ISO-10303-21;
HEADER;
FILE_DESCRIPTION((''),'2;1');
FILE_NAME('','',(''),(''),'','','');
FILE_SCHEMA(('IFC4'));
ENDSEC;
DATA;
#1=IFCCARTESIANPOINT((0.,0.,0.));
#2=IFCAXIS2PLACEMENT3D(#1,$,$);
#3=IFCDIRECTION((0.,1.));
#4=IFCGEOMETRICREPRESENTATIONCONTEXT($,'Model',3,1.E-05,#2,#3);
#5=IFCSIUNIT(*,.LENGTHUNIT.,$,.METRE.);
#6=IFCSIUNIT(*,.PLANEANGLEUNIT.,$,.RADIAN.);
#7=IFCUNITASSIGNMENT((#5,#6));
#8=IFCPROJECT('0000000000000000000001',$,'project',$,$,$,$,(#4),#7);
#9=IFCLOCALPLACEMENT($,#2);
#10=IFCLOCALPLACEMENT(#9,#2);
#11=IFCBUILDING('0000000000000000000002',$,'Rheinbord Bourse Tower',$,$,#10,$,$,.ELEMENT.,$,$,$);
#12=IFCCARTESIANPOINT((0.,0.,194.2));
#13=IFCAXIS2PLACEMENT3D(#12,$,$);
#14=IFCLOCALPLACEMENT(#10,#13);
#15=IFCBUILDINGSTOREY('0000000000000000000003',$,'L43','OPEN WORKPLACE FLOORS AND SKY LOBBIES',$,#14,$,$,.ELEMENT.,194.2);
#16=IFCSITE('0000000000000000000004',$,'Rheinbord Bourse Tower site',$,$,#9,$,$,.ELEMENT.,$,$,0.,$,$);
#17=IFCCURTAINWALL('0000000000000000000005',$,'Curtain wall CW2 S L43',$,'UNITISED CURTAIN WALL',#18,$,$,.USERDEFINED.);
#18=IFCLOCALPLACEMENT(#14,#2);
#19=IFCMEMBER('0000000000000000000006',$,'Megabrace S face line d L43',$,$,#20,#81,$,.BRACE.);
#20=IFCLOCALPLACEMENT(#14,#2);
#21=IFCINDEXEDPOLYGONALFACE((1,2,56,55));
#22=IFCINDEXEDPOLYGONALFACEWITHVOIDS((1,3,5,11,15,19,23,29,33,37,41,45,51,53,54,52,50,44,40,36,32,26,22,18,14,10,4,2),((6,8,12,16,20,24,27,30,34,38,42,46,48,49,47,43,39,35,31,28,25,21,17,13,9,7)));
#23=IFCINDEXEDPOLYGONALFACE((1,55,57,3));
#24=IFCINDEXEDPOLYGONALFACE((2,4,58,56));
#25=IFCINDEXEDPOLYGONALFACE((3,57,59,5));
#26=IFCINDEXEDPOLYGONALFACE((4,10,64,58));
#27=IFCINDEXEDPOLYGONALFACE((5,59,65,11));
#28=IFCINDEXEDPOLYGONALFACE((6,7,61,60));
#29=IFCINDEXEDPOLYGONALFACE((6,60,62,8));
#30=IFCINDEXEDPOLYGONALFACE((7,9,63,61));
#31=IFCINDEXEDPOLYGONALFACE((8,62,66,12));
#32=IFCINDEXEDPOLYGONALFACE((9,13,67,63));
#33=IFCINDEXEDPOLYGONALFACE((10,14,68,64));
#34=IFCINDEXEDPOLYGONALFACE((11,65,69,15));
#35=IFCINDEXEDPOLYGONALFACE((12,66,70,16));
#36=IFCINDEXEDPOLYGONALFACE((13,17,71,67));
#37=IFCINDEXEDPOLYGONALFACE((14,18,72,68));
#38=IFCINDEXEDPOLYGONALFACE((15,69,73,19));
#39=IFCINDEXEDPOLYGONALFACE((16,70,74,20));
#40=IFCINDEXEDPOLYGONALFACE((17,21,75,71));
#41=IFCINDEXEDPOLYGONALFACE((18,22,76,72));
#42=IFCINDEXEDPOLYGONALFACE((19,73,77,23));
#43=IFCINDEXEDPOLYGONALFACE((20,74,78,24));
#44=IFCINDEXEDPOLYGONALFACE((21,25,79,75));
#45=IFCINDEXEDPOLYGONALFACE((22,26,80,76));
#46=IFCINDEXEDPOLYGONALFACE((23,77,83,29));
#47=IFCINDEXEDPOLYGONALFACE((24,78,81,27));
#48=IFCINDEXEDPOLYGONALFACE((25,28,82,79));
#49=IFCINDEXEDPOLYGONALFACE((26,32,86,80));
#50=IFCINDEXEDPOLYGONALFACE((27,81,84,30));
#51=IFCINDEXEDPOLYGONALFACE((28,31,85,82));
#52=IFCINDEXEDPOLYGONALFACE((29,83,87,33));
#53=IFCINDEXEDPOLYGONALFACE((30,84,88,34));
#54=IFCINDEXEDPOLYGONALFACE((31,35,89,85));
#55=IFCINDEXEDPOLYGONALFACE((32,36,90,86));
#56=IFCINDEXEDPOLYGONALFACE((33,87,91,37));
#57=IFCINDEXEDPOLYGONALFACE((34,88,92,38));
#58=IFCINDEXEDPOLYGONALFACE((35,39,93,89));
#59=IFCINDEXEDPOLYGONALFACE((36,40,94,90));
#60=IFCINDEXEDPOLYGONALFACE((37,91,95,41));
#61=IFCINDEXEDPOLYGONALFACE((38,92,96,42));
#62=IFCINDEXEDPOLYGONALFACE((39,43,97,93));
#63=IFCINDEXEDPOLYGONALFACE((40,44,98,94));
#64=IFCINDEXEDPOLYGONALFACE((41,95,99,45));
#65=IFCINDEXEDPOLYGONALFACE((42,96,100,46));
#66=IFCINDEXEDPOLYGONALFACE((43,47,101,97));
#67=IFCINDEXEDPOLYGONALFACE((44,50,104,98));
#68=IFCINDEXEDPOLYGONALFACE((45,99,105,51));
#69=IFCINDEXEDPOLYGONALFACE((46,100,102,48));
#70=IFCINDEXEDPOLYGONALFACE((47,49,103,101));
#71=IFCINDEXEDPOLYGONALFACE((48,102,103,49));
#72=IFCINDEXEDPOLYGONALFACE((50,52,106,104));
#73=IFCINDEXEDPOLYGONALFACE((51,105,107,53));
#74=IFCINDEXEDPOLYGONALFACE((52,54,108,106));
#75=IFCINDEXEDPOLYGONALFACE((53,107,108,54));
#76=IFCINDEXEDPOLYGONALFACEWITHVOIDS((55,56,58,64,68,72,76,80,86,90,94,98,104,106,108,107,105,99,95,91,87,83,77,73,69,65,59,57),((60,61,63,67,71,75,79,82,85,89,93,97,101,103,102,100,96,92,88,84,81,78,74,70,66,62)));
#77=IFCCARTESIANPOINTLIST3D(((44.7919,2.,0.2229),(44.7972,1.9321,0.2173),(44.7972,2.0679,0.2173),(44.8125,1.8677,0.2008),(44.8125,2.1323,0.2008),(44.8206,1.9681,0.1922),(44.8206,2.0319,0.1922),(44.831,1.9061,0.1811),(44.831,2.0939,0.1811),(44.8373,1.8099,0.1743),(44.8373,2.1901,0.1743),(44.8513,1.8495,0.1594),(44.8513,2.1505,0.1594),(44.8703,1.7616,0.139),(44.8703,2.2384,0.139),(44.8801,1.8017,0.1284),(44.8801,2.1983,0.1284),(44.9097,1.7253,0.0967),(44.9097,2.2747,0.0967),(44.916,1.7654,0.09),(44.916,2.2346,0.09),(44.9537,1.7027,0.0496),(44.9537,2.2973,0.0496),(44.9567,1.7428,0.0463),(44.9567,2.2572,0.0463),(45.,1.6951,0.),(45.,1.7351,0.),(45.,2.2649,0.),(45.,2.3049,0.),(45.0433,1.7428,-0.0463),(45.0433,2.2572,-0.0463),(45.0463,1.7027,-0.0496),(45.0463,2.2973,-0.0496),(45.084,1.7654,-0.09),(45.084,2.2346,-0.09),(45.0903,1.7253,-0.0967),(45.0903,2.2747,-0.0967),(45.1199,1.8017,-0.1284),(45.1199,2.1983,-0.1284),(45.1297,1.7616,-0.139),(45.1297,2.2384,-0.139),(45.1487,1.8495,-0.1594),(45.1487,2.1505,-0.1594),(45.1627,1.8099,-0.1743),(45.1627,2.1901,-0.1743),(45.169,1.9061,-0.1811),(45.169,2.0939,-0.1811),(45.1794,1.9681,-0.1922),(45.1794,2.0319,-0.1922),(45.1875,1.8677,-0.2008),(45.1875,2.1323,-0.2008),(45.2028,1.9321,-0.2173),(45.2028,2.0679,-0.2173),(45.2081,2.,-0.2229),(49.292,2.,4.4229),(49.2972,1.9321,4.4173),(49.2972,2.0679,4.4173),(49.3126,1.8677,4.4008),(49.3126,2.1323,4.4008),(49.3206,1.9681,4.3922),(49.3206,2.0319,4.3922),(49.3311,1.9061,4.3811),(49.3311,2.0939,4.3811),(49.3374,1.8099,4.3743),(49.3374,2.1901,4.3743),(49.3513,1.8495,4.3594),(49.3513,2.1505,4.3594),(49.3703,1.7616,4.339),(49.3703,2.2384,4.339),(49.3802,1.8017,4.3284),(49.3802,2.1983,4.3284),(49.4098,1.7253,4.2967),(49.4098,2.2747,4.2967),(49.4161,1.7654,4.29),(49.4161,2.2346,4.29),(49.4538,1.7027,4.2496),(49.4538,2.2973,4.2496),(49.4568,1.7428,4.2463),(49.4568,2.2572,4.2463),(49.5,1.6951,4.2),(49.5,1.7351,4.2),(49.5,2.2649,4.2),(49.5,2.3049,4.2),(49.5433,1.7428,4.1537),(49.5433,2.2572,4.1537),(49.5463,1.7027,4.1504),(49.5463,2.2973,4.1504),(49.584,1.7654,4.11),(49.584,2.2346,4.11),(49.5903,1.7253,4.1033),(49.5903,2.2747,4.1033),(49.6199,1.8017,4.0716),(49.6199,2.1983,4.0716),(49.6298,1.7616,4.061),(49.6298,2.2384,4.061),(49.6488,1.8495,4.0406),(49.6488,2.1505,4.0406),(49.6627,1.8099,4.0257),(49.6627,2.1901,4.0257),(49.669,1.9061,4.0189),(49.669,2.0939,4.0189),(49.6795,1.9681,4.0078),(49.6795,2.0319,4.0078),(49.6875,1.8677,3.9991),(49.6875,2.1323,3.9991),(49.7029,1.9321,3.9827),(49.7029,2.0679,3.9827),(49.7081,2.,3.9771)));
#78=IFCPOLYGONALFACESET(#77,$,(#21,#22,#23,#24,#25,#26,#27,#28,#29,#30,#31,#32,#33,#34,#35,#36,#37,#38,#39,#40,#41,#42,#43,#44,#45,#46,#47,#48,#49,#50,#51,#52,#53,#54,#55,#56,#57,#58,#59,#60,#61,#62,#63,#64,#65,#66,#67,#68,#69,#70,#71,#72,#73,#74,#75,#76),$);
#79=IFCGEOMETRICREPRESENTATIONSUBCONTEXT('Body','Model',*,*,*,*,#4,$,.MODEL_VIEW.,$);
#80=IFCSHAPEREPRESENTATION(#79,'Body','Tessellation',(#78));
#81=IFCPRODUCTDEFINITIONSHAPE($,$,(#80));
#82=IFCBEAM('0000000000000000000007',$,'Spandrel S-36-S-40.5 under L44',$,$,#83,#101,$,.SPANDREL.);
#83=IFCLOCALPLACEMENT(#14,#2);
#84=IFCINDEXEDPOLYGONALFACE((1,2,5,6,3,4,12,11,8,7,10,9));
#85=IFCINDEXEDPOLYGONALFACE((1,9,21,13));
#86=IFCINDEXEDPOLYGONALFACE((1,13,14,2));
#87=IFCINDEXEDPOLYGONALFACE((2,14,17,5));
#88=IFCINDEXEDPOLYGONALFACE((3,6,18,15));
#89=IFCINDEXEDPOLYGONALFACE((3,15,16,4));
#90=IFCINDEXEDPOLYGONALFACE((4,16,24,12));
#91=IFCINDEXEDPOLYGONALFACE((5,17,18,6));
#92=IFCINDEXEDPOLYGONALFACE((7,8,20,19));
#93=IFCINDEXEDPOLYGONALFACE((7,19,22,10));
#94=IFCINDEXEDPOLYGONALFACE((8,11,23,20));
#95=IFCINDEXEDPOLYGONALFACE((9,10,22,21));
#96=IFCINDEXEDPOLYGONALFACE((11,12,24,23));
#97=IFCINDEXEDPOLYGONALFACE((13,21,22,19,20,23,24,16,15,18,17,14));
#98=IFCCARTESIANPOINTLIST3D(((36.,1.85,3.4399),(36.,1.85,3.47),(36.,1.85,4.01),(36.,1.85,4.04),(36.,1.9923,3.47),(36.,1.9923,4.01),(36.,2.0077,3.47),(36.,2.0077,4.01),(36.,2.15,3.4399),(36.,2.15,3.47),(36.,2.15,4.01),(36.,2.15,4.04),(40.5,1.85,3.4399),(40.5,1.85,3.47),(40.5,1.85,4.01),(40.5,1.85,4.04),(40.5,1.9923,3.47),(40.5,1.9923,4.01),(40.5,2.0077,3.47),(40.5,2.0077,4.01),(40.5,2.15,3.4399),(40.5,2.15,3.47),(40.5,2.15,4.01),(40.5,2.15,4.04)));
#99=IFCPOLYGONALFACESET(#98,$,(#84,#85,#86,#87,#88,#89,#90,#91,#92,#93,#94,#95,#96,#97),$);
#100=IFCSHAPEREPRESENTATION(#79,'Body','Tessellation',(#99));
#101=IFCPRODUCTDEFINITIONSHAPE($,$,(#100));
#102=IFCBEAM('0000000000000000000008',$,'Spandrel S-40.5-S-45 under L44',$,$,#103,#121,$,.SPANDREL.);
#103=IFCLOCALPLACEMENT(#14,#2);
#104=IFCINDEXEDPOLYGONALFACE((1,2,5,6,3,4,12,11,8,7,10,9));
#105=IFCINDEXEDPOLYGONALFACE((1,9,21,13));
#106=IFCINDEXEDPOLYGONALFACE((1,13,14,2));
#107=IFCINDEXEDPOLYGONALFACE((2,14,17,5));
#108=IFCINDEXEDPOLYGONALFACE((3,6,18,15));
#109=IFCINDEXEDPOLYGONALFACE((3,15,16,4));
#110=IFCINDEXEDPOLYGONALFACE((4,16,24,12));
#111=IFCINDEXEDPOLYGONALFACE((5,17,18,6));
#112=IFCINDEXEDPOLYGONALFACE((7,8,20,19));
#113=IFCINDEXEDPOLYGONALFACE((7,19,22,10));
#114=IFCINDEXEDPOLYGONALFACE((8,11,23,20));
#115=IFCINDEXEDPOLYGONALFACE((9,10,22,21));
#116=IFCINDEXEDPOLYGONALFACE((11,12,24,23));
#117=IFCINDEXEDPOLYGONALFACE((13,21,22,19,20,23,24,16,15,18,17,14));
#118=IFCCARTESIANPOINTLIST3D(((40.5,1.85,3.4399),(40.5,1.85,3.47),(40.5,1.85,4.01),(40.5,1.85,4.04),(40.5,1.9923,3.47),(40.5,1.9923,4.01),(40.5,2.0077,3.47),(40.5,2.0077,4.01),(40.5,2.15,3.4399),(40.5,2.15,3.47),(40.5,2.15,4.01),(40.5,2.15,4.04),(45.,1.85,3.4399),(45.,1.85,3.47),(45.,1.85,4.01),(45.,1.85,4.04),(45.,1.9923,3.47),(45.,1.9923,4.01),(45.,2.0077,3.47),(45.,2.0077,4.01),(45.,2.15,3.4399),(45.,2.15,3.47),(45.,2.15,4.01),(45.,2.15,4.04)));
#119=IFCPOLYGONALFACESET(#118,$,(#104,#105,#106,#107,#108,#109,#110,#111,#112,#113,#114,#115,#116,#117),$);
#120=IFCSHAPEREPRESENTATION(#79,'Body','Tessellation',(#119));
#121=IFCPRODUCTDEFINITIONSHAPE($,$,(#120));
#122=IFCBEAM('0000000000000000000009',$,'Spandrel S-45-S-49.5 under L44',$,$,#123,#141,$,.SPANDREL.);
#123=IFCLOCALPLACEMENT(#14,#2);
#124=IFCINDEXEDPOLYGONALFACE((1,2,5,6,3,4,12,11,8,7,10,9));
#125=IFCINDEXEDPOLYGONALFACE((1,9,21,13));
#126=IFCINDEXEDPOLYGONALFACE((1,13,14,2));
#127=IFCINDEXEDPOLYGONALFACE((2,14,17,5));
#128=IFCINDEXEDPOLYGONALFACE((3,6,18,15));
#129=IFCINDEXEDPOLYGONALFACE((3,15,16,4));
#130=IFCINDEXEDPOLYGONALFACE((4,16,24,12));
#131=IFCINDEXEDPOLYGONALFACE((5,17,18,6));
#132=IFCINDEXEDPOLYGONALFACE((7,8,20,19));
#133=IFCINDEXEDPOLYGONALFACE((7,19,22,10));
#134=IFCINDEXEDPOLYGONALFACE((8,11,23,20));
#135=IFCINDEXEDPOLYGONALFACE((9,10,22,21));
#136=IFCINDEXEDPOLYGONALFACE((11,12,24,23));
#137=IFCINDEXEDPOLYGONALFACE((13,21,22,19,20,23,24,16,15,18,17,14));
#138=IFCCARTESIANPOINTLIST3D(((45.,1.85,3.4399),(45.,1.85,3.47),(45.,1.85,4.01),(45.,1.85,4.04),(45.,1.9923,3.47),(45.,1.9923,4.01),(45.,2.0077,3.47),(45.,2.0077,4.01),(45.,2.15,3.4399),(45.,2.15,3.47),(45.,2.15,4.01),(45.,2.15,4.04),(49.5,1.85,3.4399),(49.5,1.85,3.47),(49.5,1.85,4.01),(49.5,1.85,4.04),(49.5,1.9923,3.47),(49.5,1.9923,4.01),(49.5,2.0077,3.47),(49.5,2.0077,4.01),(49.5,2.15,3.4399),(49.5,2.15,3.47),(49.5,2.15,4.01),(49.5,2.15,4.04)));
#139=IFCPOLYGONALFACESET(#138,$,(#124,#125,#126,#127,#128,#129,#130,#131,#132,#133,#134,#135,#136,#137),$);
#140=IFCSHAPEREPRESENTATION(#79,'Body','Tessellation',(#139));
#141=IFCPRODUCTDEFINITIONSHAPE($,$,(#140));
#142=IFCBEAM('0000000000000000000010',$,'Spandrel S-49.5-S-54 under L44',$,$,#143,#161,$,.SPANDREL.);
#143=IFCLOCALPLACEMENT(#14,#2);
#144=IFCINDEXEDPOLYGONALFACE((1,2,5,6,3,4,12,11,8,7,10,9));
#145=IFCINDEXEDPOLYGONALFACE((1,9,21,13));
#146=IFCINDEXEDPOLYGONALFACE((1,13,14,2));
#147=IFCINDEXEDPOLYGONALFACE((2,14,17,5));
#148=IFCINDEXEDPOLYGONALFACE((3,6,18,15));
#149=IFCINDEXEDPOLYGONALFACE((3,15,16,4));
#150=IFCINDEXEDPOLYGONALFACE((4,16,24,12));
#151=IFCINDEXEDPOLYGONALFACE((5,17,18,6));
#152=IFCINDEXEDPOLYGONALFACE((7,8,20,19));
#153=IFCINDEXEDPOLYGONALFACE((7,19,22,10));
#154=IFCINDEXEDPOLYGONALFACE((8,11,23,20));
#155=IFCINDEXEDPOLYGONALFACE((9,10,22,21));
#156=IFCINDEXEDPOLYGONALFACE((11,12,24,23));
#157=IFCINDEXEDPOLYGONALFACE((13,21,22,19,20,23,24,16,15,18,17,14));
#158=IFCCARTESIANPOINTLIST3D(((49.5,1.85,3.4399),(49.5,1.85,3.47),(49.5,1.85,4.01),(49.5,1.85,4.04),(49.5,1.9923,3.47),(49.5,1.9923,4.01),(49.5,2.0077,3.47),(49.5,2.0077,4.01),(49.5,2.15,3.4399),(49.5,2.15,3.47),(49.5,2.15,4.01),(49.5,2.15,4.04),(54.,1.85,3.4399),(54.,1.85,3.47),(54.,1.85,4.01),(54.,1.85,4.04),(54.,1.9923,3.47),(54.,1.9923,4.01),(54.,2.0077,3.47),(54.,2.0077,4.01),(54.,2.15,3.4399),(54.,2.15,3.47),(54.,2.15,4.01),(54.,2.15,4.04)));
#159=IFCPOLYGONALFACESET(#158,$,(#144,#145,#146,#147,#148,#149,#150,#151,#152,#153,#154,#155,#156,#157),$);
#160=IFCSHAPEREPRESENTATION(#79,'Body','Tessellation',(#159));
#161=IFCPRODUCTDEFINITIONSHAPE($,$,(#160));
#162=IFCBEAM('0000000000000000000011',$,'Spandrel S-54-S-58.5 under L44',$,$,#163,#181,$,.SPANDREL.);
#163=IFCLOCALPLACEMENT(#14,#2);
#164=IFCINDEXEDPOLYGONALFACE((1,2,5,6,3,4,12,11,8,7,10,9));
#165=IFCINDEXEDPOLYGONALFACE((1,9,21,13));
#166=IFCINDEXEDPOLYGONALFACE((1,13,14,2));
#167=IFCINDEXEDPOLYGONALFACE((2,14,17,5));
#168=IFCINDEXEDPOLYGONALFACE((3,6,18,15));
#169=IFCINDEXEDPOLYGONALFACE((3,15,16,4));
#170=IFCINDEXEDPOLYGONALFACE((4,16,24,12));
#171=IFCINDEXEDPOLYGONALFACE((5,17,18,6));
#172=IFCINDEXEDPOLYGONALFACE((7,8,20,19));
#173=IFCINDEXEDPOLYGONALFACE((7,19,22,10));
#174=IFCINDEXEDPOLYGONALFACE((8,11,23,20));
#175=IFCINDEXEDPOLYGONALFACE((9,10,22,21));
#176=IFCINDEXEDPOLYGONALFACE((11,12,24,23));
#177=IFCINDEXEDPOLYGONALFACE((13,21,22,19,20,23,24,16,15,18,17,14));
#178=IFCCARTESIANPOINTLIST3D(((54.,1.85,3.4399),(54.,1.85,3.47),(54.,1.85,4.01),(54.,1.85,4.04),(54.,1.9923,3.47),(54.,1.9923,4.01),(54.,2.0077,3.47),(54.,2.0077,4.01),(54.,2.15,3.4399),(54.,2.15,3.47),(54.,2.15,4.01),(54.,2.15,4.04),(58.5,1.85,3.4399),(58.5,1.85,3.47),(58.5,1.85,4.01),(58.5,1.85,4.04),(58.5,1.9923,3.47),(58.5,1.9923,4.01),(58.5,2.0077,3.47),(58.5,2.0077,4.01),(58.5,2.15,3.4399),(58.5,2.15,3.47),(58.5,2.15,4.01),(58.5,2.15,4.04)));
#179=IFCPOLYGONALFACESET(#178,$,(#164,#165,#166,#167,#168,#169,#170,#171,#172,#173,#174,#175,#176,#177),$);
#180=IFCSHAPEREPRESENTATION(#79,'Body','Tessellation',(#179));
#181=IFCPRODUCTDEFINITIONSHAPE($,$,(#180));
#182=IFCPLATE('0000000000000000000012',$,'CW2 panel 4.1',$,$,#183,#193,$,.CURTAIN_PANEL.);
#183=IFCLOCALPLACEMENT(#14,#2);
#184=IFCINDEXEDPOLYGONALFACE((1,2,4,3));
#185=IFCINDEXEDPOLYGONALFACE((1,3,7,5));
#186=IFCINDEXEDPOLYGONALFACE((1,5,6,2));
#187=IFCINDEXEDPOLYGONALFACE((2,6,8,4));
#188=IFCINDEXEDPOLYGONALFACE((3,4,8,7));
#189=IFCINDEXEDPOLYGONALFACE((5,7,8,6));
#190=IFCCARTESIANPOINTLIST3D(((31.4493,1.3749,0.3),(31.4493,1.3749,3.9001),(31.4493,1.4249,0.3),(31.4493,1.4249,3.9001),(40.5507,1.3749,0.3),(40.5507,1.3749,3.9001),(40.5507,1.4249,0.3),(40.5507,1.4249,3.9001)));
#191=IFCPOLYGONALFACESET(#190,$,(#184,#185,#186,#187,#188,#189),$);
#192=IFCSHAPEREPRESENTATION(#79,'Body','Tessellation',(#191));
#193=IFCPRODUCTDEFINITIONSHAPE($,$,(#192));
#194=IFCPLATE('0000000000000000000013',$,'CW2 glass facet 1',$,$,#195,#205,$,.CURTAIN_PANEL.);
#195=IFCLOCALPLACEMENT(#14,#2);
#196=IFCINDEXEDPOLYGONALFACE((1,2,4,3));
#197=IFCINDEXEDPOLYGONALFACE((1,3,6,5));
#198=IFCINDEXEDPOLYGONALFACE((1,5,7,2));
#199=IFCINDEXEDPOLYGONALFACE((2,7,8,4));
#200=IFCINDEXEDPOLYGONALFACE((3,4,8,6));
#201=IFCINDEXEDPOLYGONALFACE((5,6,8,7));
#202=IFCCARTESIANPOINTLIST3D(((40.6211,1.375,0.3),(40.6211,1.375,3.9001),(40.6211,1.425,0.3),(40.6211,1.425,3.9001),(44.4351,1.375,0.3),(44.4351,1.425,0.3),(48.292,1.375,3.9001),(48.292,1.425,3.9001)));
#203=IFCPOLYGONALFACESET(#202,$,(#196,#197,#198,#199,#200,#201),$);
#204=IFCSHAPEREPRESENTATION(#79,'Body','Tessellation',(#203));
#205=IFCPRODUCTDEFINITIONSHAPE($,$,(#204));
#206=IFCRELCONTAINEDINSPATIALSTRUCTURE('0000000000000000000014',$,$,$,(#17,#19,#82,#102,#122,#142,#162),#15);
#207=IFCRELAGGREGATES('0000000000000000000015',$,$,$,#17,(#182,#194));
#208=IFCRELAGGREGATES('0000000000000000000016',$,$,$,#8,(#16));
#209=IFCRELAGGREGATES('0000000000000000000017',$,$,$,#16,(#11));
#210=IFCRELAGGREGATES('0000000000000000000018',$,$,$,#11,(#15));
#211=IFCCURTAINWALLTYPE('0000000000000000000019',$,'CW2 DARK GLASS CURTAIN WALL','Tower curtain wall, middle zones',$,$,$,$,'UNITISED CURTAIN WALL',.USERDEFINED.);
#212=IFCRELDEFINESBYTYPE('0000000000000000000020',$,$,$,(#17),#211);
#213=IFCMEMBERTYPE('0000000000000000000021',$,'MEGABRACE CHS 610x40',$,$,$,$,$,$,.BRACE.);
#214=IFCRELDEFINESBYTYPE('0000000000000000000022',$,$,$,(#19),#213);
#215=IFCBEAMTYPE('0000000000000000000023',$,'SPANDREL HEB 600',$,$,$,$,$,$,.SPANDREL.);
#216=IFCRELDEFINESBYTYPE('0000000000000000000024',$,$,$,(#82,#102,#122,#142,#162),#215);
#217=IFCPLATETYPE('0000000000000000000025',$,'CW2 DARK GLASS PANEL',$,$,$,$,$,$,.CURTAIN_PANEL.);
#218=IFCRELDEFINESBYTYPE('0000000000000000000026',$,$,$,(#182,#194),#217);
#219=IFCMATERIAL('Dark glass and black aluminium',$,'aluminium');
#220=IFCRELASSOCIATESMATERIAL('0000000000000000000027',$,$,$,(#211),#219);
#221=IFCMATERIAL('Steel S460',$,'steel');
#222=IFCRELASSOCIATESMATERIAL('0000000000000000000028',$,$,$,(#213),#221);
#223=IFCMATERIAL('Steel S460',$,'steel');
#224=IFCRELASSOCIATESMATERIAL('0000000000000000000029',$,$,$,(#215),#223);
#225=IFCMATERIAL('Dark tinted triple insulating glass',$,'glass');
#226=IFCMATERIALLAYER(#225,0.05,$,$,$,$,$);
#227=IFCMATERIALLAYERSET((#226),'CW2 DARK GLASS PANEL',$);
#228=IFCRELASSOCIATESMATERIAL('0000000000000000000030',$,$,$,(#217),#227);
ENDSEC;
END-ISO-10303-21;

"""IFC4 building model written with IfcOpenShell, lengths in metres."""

from ifc_helpers import new_model, si_unit, direction, frame, origin, origin_2d, place, context, subcontext, project, spatial, polyline, rectangle, hollow_circle, i_section, outline, extrude, material, layer, layer_set, material_profile, profile_set, type_object, element, aggregate, save


model = new_model("IFC4")

# Units and contexts
model_context = context("Model", 3, precision=1e-05, world=origin(), true_north=direction((0.0, 1.0)))
body_context = subcontext(model_context, "Body", "Model", "MODEL_VIEW")
ifc_project = project(units=[si_unit("LENGTHUNIT", "METRE"), si_unit("PLANEANGLEUNIT", "RADIAN")], contexts=[model_context])

# Site, building, storey
site_placement = place(None, origin())
site = spatial("IfcSite", under=ifc_project, at=site_placement, Name="Rheinbord Bourse Tower site", CompositionType="ELEMENT", RefElevation=0.0)
building_placement = place(site_placement, origin())
building = spatial("IfcBuilding", under=site, at=building_placement, Name="Rheinbord Bourse Tower", CompositionType="ELEMENT")
storey_placement = place(building_placement, frame((0.0, 0.0, 194.2)))
storey = spatial("IfcBuildingStorey", under=building, at=storey_placement, Name="L43", Description="OPEN WORKPLACE FLOORS AND SKY LOBBIES", CompositionType="ELEMENT", Elevation=194.2)

# Curtain wall
ifc_material_1 = material(Name="Dark glass and black aluminium", Category="aluminium")
curtain_wall_type = type_object("IfcCurtainWallType", Name="CW2 DARK GLASS CURTAIN WALL", Description="Tower curtain wall, middle zones", ElementType="UNITISED CURTAIN WALL", PredefinedType="USERDEFINED", material=ifc_material_1)
curtain_wall_placement = place(storey_placement, origin())
curtain_wall = element("IfcCurtainWall", 1, at=curtain_wall_placement, inside=storey, type_object=curtain_wall_type, Name="Curtain wall CW2 S L43", ObjectType="UNITISED CURTAIN WALL", PredefinedType="USERDEFINED")

# Member
ifc_material_2 = material(Name="Steel S460", Category="steel")
ifc_material_profile_1 = material_profile(ifc_material_2, hollow_circle(Radius=0.3049, WallThickness=0.04, at=origin_2d()), Name="CHS 610x40")
ifc_profile_set_1 = profile_set([ifc_material_profile_1], Name="Steel S460")
member_type_1 = type_object("IfcMemberType", Name="MEGABRACE CHS 610x40", PredefinedType="BRACE", material=ifc_profile_set_1)
member_1_placement = place(storey_placement, frame((45.0, 2.0, 0.0), z_axis=(0.731059, 0.0, 0.682314), x_axis=(0.0, 1.0, 0.0)))
element("IfcMember", 2, at=member_1_placement, inside=storey, type_object=member_type_1, Name="Megabrace S face line d L43", PredefinedType="BRACE", context=body_context, shape_type="SweptSolid", body=[
    extrude(hollow_circle(Radius=0.3049, WallThickness=0.04, at=origin_2d()), origin(), (0.0, 0.0, 1.0), 6.1555),
])

# Beams
ifc_material_3 = material(Name="Steel S460", Category="steel")
ifc_material_profile_2 = material_profile(ifc_material_3, i_section(OverallWidth=0.3, OverallDepth=0.6001, WebThickness=0.0154, FlangeThickness=0.03, at=origin_2d()), Name="HEB 600")
ifc_profile_set_2 = profile_set([ifc_material_profile_2], Name="Steel S460")
beam_type_1 = type_object("IfcBeamType", Name="SPANDREL HEB 600", PredefinedType="SPANDREL", material=ifc_profile_set_2)
for number, where, z_axis, x_axis, name in (
    (3, (36.0, 2.0, 3.74), (1.0, 0.0, 0.0), (0.0, 1.0, 0.0), "Spandrel S-36-S-40.5 under L44"),
    (4, (40.5, 2.0, 3.74), (1.0, 0.0, 0.0), (0.0, 1.0, 0.0), "Spandrel S-40.5-S-45 under L44"),
    (5, (45.0, 2.0, 3.74), (1.0, 0.0, 0.0), (0.0, 1.0, 0.0), "Spandrel S-45-S-49.5 under L44"),
    (6, (49.5, 2.0, 3.74), (1.0, 0.0, 0.0), (0.0, 1.0, 0.0), "Spandrel S-49.5-S-54 under L44"),
    (7, (54.0, 2.0, 3.74), (1.0, 0.0, 0.0), (0.0, 1.0, 0.0), "Spandrel S-54-S-58.5 under L44"),
):
    element("IfcBeam", number, at=place(storey_placement, frame(where, z_axis=z_axis, x_axis=x_axis)), inside=storey, type_object=beam_type_1, Name=name, PredefinedType="SPANDREL", context=body_context, shape_type="SweptSolid", body=[
        extrude(i_section(OverallWidth=0.3, OverallDepth=0.6001, WebThickness=0.0154, FlangeThickness=0.03, at=origin_2d()), origin(), (0.0, 0.0, 1.0), 4.5),
    ])

# Plates
ifc_material_4 = material(Name="Dark tinted triple insulating glass", Category="glass")
ifc_layer_1 = layer(ifc_material_4, 0.05)
ifc_layer_set_1 = layer_set([ifc_layer_1], Name="CW2 DARK GLASS PANEL")
plate_type = type_object("IfcPlateType", Name="CW2 DARK GLASS PANEL", PredefinedType="CURTAIN_PANEL", material=ifc_layer_set_1)
plate_1_placement = place(storey_placement, frame((36.0, 1.3999, 0.3), z_axis=(0.0, 0.0, 1.0), x_axis=(1.0, 0.0, 0.0)))
plate_1 = element("IfcPlate", 8, at=plate_1_placement, type_object=plate_type, Name="CW2 panel 4.1", PredefinedType="CURTAIN_PANEL", context=body_context, shape_type="SweptSolid", body=[
    extrude(rectangle(XDim=9.1013, YDim=0.05, at=origin_2d()), origin(), (0.0, 0.0, 1.0), 3.6001),
])
plate_2_placement = place(storey_placement, frame((40.6211, 1.375, 0.3), z_axis=(0.0, 1.0, 0.0), x_axis=(0.0, 0.0, 1.0)))
plate_2 = element("IfcPlate", 9, at=plate_2_placement, type_object=plate_type, Name="CW2 glass facet 1", PredefinedType="CURTAIN_PANEL", context=body_context, shape_type="SweptSolid", body=[
    extrude(outline(polyline([(0.0, 0.0), (3.6001, 0.0), (3.6001, 7.6709), (0.0, 3.814), (0.0, 0.0)])), origin(), (0.0, 0.0, 1.0), 0.05),
])
aggregate(curtain_wall, [plate_1, plate_2])

save(model, "model.ifc")
